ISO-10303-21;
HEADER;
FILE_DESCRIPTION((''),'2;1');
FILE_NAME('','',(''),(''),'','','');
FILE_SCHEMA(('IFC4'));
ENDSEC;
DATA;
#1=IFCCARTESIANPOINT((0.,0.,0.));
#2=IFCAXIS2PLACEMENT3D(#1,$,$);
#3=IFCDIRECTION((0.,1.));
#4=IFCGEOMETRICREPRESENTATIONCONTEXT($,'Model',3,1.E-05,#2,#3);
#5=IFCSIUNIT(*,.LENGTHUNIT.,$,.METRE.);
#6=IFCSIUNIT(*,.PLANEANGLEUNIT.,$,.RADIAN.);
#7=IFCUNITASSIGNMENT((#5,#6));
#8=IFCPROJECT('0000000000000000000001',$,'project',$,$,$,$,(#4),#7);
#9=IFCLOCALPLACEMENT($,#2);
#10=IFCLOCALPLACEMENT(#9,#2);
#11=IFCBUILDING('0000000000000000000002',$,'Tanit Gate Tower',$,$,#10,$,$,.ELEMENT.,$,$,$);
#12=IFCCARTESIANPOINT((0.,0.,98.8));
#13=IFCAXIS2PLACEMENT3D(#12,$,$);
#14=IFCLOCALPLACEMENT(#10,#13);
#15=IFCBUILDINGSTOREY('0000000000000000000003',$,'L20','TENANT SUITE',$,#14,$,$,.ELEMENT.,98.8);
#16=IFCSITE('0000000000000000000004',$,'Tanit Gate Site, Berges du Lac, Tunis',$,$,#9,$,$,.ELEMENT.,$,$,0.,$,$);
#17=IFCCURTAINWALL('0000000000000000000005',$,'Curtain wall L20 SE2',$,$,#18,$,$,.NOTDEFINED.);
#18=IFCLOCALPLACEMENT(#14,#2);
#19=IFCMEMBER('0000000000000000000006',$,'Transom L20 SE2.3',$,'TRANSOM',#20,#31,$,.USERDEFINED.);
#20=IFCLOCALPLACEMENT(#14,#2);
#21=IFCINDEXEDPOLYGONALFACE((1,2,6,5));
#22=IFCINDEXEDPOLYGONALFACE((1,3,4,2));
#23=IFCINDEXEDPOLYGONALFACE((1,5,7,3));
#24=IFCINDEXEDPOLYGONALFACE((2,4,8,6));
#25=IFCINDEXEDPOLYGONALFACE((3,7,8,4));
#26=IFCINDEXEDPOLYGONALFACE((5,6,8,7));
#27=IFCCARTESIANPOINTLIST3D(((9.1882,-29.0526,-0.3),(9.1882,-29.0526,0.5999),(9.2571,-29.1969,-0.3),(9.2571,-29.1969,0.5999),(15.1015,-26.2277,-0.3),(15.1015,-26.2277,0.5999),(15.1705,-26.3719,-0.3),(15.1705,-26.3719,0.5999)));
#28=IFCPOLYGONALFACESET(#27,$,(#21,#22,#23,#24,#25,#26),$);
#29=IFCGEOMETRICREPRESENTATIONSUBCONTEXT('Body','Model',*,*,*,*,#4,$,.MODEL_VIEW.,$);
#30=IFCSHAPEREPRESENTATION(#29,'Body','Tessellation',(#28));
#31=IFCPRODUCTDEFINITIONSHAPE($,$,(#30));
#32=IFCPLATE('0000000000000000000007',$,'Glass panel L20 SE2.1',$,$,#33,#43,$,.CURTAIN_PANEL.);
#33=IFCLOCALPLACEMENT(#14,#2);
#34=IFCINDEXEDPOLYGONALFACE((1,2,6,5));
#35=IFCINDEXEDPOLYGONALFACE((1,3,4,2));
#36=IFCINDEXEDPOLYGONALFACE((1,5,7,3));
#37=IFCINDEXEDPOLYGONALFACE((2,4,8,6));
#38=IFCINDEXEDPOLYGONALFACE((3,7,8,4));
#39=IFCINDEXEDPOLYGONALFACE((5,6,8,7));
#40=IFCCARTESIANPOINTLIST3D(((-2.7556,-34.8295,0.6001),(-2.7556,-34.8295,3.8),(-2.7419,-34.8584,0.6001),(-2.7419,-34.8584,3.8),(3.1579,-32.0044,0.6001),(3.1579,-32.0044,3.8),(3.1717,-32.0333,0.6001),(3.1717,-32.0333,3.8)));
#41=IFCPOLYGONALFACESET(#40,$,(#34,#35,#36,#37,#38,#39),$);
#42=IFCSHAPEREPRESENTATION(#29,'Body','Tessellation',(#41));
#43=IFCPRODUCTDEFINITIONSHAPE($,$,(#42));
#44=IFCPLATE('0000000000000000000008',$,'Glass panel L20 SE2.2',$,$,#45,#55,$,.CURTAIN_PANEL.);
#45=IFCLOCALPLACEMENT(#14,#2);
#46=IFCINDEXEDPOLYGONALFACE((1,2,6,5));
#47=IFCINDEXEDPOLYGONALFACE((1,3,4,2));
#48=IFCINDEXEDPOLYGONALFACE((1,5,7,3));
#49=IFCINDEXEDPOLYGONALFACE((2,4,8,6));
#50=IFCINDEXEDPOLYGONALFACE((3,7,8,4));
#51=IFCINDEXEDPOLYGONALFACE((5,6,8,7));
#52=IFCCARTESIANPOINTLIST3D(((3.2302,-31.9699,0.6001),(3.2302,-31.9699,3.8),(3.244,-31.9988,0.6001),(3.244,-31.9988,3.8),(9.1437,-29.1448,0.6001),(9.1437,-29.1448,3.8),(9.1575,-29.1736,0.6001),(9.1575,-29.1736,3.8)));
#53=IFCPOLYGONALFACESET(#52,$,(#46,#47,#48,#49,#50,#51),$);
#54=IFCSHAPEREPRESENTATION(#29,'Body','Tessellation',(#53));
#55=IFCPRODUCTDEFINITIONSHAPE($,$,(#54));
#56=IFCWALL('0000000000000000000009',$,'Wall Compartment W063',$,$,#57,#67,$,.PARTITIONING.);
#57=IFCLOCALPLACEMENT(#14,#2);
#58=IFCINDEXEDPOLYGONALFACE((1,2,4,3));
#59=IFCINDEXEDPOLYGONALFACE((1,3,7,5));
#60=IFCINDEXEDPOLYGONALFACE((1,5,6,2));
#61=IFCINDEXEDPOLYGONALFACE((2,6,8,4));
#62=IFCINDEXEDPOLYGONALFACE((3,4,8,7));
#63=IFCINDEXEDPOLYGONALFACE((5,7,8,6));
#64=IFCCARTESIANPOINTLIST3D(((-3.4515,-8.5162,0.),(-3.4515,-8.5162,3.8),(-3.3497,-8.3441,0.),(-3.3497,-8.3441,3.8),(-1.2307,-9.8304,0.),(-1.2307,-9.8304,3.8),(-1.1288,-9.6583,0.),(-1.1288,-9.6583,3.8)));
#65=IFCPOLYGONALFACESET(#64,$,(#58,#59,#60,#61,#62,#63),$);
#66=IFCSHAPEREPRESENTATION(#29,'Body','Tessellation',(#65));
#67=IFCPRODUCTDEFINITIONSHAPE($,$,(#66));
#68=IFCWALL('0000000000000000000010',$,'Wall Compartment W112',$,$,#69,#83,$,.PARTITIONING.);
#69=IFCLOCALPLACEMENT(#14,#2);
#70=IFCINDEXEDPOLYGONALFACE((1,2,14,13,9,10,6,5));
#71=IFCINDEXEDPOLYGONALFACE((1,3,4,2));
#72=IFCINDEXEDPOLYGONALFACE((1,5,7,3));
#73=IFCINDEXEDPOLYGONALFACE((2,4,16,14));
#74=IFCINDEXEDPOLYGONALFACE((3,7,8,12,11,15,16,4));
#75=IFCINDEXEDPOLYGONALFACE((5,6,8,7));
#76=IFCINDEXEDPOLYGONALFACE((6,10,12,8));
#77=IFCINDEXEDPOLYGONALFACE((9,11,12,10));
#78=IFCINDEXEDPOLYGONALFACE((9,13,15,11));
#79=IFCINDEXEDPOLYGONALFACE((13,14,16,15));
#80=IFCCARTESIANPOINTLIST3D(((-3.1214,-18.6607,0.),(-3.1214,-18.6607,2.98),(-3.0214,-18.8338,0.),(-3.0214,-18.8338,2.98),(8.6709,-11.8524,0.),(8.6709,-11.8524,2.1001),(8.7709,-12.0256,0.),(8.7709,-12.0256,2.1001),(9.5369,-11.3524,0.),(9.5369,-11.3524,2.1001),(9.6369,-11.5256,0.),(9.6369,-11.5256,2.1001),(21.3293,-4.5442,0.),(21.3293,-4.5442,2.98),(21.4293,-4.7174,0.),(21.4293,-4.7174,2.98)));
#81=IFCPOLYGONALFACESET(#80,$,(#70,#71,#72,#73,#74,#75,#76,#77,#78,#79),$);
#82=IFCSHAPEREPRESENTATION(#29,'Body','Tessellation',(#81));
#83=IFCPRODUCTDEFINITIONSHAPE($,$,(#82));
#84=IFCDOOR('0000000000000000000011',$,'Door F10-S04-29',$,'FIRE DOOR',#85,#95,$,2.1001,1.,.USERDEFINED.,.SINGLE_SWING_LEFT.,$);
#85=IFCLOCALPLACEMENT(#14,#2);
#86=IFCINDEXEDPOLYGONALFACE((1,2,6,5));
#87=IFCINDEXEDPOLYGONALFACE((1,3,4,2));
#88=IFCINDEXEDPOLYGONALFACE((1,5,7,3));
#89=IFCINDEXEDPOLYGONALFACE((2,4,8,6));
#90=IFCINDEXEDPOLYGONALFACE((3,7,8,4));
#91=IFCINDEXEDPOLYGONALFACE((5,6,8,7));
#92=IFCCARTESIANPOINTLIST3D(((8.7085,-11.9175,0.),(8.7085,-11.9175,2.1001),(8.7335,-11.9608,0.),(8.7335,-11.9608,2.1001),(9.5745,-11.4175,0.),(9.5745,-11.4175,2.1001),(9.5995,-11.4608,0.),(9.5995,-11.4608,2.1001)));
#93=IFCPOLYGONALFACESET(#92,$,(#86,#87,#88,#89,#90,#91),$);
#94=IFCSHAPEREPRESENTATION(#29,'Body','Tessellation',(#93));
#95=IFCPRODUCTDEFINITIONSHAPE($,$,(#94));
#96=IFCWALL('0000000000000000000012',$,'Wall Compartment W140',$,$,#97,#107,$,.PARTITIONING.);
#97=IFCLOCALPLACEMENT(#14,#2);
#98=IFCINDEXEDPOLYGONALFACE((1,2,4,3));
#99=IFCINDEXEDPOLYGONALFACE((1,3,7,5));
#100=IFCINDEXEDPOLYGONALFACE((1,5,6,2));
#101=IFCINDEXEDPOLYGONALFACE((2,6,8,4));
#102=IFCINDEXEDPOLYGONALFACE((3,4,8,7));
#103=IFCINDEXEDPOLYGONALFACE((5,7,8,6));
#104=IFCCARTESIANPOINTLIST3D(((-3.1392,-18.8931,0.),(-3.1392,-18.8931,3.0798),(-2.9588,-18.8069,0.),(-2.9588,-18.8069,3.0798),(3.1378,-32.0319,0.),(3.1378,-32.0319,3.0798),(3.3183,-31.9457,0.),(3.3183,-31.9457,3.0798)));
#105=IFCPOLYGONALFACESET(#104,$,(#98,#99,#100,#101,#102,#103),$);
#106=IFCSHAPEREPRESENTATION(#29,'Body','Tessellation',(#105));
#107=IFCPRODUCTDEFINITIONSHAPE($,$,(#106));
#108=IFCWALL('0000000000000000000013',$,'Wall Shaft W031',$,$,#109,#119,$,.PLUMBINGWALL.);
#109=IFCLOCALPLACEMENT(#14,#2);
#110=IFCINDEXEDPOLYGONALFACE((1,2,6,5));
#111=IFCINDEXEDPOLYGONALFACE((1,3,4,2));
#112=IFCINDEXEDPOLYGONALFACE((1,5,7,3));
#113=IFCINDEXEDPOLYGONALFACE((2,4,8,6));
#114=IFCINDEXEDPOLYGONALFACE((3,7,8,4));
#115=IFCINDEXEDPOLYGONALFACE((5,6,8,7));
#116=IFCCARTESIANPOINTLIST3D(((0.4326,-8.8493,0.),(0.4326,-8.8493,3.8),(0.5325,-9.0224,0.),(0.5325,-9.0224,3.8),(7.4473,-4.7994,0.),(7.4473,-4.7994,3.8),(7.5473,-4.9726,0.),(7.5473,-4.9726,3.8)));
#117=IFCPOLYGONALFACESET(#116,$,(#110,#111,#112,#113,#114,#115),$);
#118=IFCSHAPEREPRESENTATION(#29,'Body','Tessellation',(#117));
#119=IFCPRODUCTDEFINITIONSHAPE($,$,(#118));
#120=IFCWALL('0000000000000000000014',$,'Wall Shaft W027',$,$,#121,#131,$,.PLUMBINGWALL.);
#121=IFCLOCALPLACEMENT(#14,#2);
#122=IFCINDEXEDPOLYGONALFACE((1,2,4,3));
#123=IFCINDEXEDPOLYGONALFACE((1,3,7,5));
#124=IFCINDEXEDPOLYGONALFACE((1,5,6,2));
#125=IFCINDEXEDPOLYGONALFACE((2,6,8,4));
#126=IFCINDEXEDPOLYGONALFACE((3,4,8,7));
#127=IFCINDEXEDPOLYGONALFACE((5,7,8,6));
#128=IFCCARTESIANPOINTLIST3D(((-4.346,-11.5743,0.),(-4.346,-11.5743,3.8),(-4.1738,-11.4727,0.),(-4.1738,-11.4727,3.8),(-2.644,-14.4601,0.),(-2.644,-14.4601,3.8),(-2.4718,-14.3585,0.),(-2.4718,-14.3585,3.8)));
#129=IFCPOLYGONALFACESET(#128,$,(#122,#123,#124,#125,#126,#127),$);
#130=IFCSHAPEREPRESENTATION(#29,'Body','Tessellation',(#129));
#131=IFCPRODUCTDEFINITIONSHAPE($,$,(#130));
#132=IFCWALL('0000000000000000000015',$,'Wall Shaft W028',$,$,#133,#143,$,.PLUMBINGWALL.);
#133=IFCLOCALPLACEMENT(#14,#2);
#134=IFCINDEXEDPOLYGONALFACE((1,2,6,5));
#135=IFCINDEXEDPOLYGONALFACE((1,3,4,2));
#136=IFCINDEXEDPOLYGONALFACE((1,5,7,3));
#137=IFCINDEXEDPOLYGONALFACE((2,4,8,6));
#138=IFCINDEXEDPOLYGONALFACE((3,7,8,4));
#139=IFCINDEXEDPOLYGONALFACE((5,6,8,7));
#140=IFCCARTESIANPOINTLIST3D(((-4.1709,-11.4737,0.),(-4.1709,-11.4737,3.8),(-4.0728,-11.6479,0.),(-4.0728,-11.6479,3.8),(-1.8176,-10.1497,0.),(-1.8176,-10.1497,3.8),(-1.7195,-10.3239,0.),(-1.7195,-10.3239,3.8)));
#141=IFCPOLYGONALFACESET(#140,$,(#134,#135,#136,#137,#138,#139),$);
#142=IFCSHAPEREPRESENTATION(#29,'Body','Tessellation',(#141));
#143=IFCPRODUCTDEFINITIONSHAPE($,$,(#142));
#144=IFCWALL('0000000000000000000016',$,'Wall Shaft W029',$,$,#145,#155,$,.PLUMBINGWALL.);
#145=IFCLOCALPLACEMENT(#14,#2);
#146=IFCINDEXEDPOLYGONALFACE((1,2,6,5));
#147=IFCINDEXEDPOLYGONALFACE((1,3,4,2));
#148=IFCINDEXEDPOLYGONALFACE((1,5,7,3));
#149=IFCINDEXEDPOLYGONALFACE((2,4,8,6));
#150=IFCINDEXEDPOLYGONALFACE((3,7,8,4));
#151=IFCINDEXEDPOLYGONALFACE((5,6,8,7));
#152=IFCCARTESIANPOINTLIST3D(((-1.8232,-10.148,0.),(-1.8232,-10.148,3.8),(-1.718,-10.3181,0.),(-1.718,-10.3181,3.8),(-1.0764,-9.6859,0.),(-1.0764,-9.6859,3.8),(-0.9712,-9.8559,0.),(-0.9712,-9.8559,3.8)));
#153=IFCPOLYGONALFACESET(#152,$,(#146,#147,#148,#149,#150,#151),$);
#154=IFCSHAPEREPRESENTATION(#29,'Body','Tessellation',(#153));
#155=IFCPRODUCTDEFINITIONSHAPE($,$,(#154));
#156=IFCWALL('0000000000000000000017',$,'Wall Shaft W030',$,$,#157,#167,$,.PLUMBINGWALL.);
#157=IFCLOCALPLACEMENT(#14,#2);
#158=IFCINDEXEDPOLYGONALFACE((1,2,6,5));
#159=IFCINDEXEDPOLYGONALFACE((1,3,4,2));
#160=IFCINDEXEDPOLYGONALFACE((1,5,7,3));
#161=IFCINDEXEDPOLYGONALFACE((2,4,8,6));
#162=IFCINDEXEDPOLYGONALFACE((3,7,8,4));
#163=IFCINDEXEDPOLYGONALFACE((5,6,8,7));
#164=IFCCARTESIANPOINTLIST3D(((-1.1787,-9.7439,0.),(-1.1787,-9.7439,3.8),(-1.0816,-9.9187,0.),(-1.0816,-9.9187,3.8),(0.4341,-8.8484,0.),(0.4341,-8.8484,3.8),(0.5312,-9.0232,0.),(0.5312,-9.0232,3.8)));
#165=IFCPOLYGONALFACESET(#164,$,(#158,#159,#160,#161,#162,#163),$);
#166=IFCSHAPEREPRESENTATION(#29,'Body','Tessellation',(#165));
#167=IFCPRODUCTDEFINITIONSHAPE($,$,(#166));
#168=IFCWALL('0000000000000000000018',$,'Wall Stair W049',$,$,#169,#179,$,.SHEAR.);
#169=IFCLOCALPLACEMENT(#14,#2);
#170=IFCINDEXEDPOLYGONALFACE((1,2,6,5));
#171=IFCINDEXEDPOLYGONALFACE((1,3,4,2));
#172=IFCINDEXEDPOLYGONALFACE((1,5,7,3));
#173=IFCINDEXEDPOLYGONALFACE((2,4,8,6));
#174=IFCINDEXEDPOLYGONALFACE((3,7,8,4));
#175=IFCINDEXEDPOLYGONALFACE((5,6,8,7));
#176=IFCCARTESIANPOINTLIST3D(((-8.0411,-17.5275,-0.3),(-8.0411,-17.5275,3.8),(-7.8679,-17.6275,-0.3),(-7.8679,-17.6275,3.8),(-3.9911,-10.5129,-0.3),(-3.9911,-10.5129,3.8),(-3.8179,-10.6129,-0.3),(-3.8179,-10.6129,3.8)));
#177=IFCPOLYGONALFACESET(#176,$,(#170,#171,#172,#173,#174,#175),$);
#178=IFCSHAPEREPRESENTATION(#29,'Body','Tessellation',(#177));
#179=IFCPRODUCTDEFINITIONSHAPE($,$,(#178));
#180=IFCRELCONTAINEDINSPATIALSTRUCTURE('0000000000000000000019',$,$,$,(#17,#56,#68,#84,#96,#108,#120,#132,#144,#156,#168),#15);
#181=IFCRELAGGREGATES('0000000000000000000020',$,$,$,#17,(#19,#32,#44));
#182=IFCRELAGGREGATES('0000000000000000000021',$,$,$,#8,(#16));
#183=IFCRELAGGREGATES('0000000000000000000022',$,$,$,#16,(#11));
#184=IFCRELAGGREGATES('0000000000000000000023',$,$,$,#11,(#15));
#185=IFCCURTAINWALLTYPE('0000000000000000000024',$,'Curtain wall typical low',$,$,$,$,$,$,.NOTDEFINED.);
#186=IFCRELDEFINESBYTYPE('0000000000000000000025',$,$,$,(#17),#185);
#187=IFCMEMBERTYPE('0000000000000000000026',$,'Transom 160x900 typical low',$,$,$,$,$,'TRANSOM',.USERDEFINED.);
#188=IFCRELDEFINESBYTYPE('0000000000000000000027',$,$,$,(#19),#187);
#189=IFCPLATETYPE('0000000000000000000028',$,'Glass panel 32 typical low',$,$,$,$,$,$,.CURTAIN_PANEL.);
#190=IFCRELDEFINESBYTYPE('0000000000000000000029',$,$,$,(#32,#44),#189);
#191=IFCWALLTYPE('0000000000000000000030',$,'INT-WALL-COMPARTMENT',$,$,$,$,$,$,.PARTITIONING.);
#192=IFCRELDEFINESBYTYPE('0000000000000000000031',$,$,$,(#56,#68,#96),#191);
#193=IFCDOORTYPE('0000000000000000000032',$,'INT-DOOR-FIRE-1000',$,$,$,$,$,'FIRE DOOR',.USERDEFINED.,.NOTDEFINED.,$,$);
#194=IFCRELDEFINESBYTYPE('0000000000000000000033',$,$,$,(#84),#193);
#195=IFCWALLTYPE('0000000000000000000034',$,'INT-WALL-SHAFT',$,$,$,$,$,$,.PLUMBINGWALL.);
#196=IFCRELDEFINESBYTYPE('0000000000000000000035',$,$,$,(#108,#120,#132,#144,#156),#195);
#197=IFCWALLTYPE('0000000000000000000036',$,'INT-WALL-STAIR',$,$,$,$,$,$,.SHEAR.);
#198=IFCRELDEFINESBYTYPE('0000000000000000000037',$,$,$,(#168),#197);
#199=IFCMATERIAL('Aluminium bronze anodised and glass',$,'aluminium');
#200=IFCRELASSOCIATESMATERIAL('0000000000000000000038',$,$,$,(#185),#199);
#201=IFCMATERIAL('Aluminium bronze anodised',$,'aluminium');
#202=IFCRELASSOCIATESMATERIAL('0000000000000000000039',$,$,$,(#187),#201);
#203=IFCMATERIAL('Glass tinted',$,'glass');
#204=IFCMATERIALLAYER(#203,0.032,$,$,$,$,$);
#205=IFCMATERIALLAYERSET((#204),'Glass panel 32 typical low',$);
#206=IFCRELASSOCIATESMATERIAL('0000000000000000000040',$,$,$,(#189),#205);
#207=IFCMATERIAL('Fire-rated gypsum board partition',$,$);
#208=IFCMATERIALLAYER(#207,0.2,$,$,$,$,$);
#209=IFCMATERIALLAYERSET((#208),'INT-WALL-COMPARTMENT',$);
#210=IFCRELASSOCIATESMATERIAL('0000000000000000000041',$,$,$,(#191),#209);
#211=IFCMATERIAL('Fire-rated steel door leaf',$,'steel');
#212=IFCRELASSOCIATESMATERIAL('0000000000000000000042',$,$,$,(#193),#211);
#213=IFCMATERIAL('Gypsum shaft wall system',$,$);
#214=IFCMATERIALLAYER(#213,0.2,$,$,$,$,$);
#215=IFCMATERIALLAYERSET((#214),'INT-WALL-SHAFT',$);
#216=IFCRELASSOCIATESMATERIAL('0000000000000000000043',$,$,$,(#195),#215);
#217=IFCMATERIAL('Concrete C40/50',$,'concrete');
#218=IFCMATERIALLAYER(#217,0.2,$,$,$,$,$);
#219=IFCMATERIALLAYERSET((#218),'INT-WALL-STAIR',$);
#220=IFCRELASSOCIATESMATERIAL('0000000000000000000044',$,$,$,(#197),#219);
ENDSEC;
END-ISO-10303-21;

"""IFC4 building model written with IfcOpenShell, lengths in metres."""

from ifc_helpers import new_model, si_unit, direction, frame, frame_2d, origin, origin_2d, place, context, subcontext, project, spatial, rectangle, extrude, material, layer, layer_set, material_profile, profile_set, type_object, element, fill, aggregate, save


model = new_model("IFC4")

# Units and contexts
model_context = context("Model", 3, precision=1e-05, world=origin(), true_north=direction((0.0, 1.0)))
body_context = subcontext(model_context, "Body", "Model", "MODEL_VIEW")
ifc_project = project(units=[si_unit("LENGTHUNIT", "METRE"), si_unit("PLANEANGLEUNIT", "RADIAN")], contexts=[model_context])

# Site, building, storey
site_placement = place(None, origin())
site = spatial("IfcSite", under=ifc_project, at=site_placement, Name="Tanit Gate Site, Berges du Lac, Tunis", CompositionType="ELEMENT", RefElevation=0.0)
building_placement = place(site_placement, origin())
building = spatial("IfcBuilding", under=site, at=building_placement, Name="Tanit Gate Tower", CompositionType="ELEMENT")
storey_placement = place(building_placement, frame((0.0, 0.0, 98.8)))
storey = spatial("IfcBuildingStorey", under=building, at=storey_placement, Name="L20", Description="TENANT SUITE", CompositionType="ELEMENT", Elevation=98.8)

# Curtain wall
ifc_material_1 = material(Name="Aluminium bronze anodised and glass", Category="aluminium")
curtain_wall_type = type_object("IfcCurtainWallType", Name="Curtain wall typical low", PredefinedType="NOTDEFINED", material=ifc_material_1)
curtain_wall_1_placement = place(storey_placement, origin())
curtain_wall_1 = element("IfcCurtainWall", 1, at=curtain_wall_1_placement, inside=storey, type_object=curtain_wall_type, Name="Curtain wall L20 SE2", PredefinedType="NOTDEFINED")

# Member
ifc_material_2 = material(Name="Aluminium bronze anodised", Category="aluminium")
ifc_material_profile_1 = material_profile(ifc_material_2, rectangle(XDim=0.1599, YDim=0.8999, at=origin_2d()), Name="160x900 bronze transom")
ifc_profile_set_1 = profile_set([ifc_material_profile_1], Name="Aluminium bronze anodised")
member_type_1 = type_object("IfcMemberType", Name="Transom 160x900 typical low", ElementType="TRANSOM", PredefinedType="USERDEFINED", material=ifc_profile_set_1)
member_1_placement = place(storey_placement, frame((9.2227, -29.1248, 0.1499), z_axis=(0.902322, 0.431063, 0.0), x_axis=(-0.431063, 0.902322, 0.0)))
member_1 = element("IfcMember", 2, at=member_1_placement, type_object=member_type_1, Name="Transom L20 SE2.3", ObjectType="TRANSOM", PredefinedType="USERDEFINED", context=body_context, shape_type="SweptSolid", body=[
    extrude(rectangle(XDim=0.1599, YDim=0.8999, at=origin_2d()), origin(), (0.0, 0.0, 1.0), 6.5535),
])

# Plates
ifc_material_3 = material(Name="Glass tinted", Category="glass")
ifc_layer_1 = layer(ifc_material_3, 0.032)
ifc_layer_set_1 = layer_set([ifc_layer_1], Name="Glass panel 32 typical low")
plate_type = type_object("IfcPlateType", Name="Glass panel 32 typical low", PredefinedType="CURTAIN_PANEL", material=ifc_layer_set_1)
plate_1_placement = place(storey_placement, frame((0.208, -33.4314, 0.6001), z_axis=(0.0, 0.0, 1.0), x_axis=(0.902317, 0.431073, 0.0)))
plate_1 = element("IfcPlate", 3, at=plate_1_placement, type_object=plate_type, Name="Glass panel L20 SE2.1", PredefinedType="CURTAIN_PANEL", context=body_context, shape_type="SweptSolid", body=[
    extrude(rectangle(XDim=6.5537, YDim=0.032, at=origin_2d()), origin(), (0.0, 0.0, 1.0), 3.2),
])
plate_2_placement = place(storey_placement, frame((6.1938, -30.5718, 0.6001), z_axis=(0.0, 0.0, 1.0), x_axis=(0.902317, 0.431073, 0.0)))
plate_2 = element("IfcPlate", 4, at=plate_2_placement, type_object=plate_type, Name="Glass panel L20 SE2.2", PredefinedType="CURTAIN_PANEL", context=body_context, shape_type="SweptSolid", body=[
    extrude(rectangle(XDim=6.5537, YDim=0.032, at=origin_2d()), origin(), (0.0, 0.0, 1.0), 3.2),
])
aggregate(curtain_wall_1, [member_1, plate_1, plate_2])

# Wall
ifc_material_4 = material(Name="Fire-rated gypsum board partition")
ifc_layer_2 = layer(ifc_material_4, 0.2)
ifc_layer_set_2 = layer_set([ifc_layer_2], Name="INT-WALL-COMPARTMENT")
wall_type_1 = type_object("IfcWallType", Name="INT-WALL-COMPARTMENT", PredefinedType="PARTITIONING", material=ifc_layer_set_2)
wall_1_placement = place(storey_placement, frame((-3.4006, -8.4302, 0.0), z_axis=(0.0, 0.0, 1.0), x_axis=(0.860616, -0.509255, 0.0)))
element("IfcWall", 5, at=wall_1_placement, inside=storey, type_object=wall_type_1, Name="Wall Compartment W063", PredefinedType="PARTITIONING", context=body_context, shape_type="SweptSolid", body=[
    extrude(rectangle(XDim=2.5806, YDim=0.2, at=frame_2d((1.2903, 0.0))), origin(), (0.0, 0.0, 1.0), 3.8),
])

# Wall, opening, door
wall_2_placement = place(storey_placement, frame((-3.0715, -18.7473, 0.0), z_axis=(0.0, 0.0, 1.0), x_axis=(0.866028, 0.499996, 0.0)))
wall_2 = element("IfcWall", 6, at=wall_2_placement, inside=storey, type_object=wall_type_1, Name="Wall Compartment W112", PredefinedType="PARTITIONING", context=body_context, shape_type="SweptSolid", body=[
    extrude(rectangle(XDim=28.2332, YDim=0.2, at=frame_2d((14.1167, 0.0))), origin(), (0.0, 0.0, 1.0), 2.98),
])
opening_placement = place(wall_2_placement, frame((13.6167, 0.0, 0.0)))
opening = element("IfcOpeningElement", 7, at=opening_placement, cuts=wall_2, PredefinedType="OPENING", context=body_context, shape_type="SweptSolid", body=[
    extrude(rectangle(XDim=1.0, YDim=2.1001, at=frame_2d((0.5, 1.05))), frame((0.0, 0.1099, 0.0), z_axis=(0.0, -1.0, 0.0), x_axis=(1.0, 0.0, 0.0)), (0.0, 0.0, 1.0), 0.22),
])
ifc_material_5 = material(Name="Fire-rated steel door leaf", Category="steel")
door_type = type_object("IfcDoorType", Name="INT-DOOR-FIRE-1000", ElementType="FIRE DOOR", OperationType="NOTDEFINED", PredefinedType="USERDEFINED", material=ifc_material_5)
door_placement = place(opening_placement, origin())
door = element("IfcDoor", 8, at=door_placement, inside=storey, type_object=door_type, Name="Door F10-S04-29", ObjectType="FIRE DOOR", OperationType="SINGLE_SWING_LEFT", OverallHeight=2.1001, OverallWidth=1.0, PredefinedType="USERDEFINED", context=body_context, shape_type="SweptSolid", body=[
    extrude(rectangle(XDim=1.0, YDim=2.1001, at=frame_2d((0.5, 1.05))), frame((0.0, 0.0249, 0.0), z_axis=(0.0, -1.0, 0.0), x_axis=(1.0, 0.0, 0.0)), (0.0, 0.0, 1.0), 0.05),
])
fill(opening, door)

# Walls
wall_3_placement = place(storey_placement, frame((-3.0491, -18.8499, 0.0), z_axis=(0.0, 0.0, 1.0), x_axis=(0.431079, -0.902314, 0.0)))
element("IfcWall", 9, at=wall_3_placement, inside=storey, type_object=wall_type_1, Name="Wall Compartment W140", PredefinedType="PARTITIONING", context=body_context, shape_type="SweptSolid", body=[
    extrude(rectangle(XDim=14.5613, YDim=0.2, at=frame_2d((7.2808, 0.0))), origin(), (0.0, 0.0, 1.0), 3.0798),
])
ifc_material_6 = material(Name="Gypsum shaft wall system")
ifc_layer_3 = layer(ifc_material_6, 0.2)
ifc_layer_set_3 = layer_set([ifc_layer_3], Name="INT-WALL-SHAFT")
wall_type_2 = type_object("IfcWallType", Name="INT-WALL-SHAFT", PredefinedType="PLUMBINGWALL", material=ifc_layer_set_3)
wall_4_placement = place(storey_placement, frame((0.4827, -8.9358, 0.0), z_axis=(0.0, 0.0, 1.0), x_axis=(0.866031, 0.49999, 0.0)))
element("IfcWall", 10, at=wall_4_placement, inside=storey, type_object=wall_type_2, Name="Wall Shaft W031", PredefinedType="PLUMBINGWALL", context=body_context, shape_type="SweptSolid", body=[
    extrude(rectangle(XDim=8.0999, YDim=0.2, at=frame_2d((4.0498, 0.0))), origin(), (0.0, 0.0, 1.0), 3.8),
])
wall_5_placement = place(storey_placement, frame((-2.5579, -14.4094, 0.0), z_axis=(0.0, 0.0, 1.0), x_axis=(-0.507997, 0.861359, 0.0)))
element("IfcWall", 11, at=wall_5_placement, inside=storey, type_object=wall_type_2, Name="Wall Shaft W027", PredefinedType="PLUMBINGWALL", context=body_context, shape_type="SweptSolid", body=[
    extrude(rectangle(XDim=3.3503, YDim=0.2, at=frame_2d((1.6753, 0.0))), origin(), (0.0, 0.0, 1.0), 3.8),
])
wall_6_placement = place(storey_placement, frame((-1.7686, -10.2368, 0.0), z_axis=(0.0, 0.0, 1.0), x_axis=(-0.871534, -0.490334, 0.0)))
element("IfcWall", 12, at=wall_6_placement, inside=storey, type_object=wall_type_2, Name="Wall Shaft W028", PredefinedType="PLUMBINGWALL", context=body_context, shape_type="SweptSolid", body=[
    extrude(rectangle(XDim=2.7002, YDim=0.2, at=frame_2d((1.3501, 0.0))), origin(), (0.0, 0.0, 1.0), 3.8),
])
wall_7_placement = place(storey_placement, frame((-1.0239, -9.771, 0.0), z_axis=(0.0, 0.0, 1.0), x_axis=(-0.850348, -0.526221, 0.0)))
element("IfcWall", 13, at=wall_7_placement, inside=storey, type_object=wall_type_2, Name="Wall Shaft W029", PredefinedType="PLUMBINGWALL", context=body_context, shape_type="SweptSolid", body=[
    extrude(rectangle(XDim=0.8782, YDim=0.2, at=frame_2d((0.439, 0.0))), origin(), (0.0, 0.0, 1.0), 3.8),
])
wall_8_placement = place(storey_placement, frame((-1.1301, -9.8313, 0.0), z_axis=(0.0, 0.0, 1.0), x_axis=(0.87427, 0.485441, 0.0)))
element("IfcWall", 14, at=wall_8_placement, inside=storey, type_object=wall_type_2, Name="Wall Shaft W030", PredefinedType="PLUMBINGWALL", context=body_context, shape_type="SweptSolid", body=[
    extrude(rectangle(XDim=1.8447, YDim=0.2, at=frame_2d((0.9224, 0.0))), origin(), (0.0, 0.0, 1.0), 3.8),
])
ifc_material_7 = material(Name="Concrete C40/50", Category="concrete")
ifc_layer_4 = layer(ifc_material_7, 0.2)
ifc_layer_set_4 = layer_set([ifc_layer_4], Name="INT-WALL-STAIR")
wall_type_3 = type_object("IfcWallType", Name="INT-WALL-STAIR", PredefinedType="SHEAR", material=ifc_layer_set_4)
wall_9_placement = place(storey_placement, frame((-3.9045, -10.563, -0.3), z_axis=(0.0, 0.0, 1.0), x_axis=(-0.500013, -0.866018, 0.0)))
element("IfcWall", 15, at=wall_9_placement, inside=storey, type_object=wall_type_3, Name="Wall Stair W049", PredefinedType="SHEAR", context=body_context, shape_type="SweptSolid", body=[
    extrude(rectangle(XDim=8.0999, YDim=0.2, at=frame_2d((4.0498, 0.0))), origin(), (0.0, 0.0, 1.0), 4.1001),
])

save(model, "model.ifc")
